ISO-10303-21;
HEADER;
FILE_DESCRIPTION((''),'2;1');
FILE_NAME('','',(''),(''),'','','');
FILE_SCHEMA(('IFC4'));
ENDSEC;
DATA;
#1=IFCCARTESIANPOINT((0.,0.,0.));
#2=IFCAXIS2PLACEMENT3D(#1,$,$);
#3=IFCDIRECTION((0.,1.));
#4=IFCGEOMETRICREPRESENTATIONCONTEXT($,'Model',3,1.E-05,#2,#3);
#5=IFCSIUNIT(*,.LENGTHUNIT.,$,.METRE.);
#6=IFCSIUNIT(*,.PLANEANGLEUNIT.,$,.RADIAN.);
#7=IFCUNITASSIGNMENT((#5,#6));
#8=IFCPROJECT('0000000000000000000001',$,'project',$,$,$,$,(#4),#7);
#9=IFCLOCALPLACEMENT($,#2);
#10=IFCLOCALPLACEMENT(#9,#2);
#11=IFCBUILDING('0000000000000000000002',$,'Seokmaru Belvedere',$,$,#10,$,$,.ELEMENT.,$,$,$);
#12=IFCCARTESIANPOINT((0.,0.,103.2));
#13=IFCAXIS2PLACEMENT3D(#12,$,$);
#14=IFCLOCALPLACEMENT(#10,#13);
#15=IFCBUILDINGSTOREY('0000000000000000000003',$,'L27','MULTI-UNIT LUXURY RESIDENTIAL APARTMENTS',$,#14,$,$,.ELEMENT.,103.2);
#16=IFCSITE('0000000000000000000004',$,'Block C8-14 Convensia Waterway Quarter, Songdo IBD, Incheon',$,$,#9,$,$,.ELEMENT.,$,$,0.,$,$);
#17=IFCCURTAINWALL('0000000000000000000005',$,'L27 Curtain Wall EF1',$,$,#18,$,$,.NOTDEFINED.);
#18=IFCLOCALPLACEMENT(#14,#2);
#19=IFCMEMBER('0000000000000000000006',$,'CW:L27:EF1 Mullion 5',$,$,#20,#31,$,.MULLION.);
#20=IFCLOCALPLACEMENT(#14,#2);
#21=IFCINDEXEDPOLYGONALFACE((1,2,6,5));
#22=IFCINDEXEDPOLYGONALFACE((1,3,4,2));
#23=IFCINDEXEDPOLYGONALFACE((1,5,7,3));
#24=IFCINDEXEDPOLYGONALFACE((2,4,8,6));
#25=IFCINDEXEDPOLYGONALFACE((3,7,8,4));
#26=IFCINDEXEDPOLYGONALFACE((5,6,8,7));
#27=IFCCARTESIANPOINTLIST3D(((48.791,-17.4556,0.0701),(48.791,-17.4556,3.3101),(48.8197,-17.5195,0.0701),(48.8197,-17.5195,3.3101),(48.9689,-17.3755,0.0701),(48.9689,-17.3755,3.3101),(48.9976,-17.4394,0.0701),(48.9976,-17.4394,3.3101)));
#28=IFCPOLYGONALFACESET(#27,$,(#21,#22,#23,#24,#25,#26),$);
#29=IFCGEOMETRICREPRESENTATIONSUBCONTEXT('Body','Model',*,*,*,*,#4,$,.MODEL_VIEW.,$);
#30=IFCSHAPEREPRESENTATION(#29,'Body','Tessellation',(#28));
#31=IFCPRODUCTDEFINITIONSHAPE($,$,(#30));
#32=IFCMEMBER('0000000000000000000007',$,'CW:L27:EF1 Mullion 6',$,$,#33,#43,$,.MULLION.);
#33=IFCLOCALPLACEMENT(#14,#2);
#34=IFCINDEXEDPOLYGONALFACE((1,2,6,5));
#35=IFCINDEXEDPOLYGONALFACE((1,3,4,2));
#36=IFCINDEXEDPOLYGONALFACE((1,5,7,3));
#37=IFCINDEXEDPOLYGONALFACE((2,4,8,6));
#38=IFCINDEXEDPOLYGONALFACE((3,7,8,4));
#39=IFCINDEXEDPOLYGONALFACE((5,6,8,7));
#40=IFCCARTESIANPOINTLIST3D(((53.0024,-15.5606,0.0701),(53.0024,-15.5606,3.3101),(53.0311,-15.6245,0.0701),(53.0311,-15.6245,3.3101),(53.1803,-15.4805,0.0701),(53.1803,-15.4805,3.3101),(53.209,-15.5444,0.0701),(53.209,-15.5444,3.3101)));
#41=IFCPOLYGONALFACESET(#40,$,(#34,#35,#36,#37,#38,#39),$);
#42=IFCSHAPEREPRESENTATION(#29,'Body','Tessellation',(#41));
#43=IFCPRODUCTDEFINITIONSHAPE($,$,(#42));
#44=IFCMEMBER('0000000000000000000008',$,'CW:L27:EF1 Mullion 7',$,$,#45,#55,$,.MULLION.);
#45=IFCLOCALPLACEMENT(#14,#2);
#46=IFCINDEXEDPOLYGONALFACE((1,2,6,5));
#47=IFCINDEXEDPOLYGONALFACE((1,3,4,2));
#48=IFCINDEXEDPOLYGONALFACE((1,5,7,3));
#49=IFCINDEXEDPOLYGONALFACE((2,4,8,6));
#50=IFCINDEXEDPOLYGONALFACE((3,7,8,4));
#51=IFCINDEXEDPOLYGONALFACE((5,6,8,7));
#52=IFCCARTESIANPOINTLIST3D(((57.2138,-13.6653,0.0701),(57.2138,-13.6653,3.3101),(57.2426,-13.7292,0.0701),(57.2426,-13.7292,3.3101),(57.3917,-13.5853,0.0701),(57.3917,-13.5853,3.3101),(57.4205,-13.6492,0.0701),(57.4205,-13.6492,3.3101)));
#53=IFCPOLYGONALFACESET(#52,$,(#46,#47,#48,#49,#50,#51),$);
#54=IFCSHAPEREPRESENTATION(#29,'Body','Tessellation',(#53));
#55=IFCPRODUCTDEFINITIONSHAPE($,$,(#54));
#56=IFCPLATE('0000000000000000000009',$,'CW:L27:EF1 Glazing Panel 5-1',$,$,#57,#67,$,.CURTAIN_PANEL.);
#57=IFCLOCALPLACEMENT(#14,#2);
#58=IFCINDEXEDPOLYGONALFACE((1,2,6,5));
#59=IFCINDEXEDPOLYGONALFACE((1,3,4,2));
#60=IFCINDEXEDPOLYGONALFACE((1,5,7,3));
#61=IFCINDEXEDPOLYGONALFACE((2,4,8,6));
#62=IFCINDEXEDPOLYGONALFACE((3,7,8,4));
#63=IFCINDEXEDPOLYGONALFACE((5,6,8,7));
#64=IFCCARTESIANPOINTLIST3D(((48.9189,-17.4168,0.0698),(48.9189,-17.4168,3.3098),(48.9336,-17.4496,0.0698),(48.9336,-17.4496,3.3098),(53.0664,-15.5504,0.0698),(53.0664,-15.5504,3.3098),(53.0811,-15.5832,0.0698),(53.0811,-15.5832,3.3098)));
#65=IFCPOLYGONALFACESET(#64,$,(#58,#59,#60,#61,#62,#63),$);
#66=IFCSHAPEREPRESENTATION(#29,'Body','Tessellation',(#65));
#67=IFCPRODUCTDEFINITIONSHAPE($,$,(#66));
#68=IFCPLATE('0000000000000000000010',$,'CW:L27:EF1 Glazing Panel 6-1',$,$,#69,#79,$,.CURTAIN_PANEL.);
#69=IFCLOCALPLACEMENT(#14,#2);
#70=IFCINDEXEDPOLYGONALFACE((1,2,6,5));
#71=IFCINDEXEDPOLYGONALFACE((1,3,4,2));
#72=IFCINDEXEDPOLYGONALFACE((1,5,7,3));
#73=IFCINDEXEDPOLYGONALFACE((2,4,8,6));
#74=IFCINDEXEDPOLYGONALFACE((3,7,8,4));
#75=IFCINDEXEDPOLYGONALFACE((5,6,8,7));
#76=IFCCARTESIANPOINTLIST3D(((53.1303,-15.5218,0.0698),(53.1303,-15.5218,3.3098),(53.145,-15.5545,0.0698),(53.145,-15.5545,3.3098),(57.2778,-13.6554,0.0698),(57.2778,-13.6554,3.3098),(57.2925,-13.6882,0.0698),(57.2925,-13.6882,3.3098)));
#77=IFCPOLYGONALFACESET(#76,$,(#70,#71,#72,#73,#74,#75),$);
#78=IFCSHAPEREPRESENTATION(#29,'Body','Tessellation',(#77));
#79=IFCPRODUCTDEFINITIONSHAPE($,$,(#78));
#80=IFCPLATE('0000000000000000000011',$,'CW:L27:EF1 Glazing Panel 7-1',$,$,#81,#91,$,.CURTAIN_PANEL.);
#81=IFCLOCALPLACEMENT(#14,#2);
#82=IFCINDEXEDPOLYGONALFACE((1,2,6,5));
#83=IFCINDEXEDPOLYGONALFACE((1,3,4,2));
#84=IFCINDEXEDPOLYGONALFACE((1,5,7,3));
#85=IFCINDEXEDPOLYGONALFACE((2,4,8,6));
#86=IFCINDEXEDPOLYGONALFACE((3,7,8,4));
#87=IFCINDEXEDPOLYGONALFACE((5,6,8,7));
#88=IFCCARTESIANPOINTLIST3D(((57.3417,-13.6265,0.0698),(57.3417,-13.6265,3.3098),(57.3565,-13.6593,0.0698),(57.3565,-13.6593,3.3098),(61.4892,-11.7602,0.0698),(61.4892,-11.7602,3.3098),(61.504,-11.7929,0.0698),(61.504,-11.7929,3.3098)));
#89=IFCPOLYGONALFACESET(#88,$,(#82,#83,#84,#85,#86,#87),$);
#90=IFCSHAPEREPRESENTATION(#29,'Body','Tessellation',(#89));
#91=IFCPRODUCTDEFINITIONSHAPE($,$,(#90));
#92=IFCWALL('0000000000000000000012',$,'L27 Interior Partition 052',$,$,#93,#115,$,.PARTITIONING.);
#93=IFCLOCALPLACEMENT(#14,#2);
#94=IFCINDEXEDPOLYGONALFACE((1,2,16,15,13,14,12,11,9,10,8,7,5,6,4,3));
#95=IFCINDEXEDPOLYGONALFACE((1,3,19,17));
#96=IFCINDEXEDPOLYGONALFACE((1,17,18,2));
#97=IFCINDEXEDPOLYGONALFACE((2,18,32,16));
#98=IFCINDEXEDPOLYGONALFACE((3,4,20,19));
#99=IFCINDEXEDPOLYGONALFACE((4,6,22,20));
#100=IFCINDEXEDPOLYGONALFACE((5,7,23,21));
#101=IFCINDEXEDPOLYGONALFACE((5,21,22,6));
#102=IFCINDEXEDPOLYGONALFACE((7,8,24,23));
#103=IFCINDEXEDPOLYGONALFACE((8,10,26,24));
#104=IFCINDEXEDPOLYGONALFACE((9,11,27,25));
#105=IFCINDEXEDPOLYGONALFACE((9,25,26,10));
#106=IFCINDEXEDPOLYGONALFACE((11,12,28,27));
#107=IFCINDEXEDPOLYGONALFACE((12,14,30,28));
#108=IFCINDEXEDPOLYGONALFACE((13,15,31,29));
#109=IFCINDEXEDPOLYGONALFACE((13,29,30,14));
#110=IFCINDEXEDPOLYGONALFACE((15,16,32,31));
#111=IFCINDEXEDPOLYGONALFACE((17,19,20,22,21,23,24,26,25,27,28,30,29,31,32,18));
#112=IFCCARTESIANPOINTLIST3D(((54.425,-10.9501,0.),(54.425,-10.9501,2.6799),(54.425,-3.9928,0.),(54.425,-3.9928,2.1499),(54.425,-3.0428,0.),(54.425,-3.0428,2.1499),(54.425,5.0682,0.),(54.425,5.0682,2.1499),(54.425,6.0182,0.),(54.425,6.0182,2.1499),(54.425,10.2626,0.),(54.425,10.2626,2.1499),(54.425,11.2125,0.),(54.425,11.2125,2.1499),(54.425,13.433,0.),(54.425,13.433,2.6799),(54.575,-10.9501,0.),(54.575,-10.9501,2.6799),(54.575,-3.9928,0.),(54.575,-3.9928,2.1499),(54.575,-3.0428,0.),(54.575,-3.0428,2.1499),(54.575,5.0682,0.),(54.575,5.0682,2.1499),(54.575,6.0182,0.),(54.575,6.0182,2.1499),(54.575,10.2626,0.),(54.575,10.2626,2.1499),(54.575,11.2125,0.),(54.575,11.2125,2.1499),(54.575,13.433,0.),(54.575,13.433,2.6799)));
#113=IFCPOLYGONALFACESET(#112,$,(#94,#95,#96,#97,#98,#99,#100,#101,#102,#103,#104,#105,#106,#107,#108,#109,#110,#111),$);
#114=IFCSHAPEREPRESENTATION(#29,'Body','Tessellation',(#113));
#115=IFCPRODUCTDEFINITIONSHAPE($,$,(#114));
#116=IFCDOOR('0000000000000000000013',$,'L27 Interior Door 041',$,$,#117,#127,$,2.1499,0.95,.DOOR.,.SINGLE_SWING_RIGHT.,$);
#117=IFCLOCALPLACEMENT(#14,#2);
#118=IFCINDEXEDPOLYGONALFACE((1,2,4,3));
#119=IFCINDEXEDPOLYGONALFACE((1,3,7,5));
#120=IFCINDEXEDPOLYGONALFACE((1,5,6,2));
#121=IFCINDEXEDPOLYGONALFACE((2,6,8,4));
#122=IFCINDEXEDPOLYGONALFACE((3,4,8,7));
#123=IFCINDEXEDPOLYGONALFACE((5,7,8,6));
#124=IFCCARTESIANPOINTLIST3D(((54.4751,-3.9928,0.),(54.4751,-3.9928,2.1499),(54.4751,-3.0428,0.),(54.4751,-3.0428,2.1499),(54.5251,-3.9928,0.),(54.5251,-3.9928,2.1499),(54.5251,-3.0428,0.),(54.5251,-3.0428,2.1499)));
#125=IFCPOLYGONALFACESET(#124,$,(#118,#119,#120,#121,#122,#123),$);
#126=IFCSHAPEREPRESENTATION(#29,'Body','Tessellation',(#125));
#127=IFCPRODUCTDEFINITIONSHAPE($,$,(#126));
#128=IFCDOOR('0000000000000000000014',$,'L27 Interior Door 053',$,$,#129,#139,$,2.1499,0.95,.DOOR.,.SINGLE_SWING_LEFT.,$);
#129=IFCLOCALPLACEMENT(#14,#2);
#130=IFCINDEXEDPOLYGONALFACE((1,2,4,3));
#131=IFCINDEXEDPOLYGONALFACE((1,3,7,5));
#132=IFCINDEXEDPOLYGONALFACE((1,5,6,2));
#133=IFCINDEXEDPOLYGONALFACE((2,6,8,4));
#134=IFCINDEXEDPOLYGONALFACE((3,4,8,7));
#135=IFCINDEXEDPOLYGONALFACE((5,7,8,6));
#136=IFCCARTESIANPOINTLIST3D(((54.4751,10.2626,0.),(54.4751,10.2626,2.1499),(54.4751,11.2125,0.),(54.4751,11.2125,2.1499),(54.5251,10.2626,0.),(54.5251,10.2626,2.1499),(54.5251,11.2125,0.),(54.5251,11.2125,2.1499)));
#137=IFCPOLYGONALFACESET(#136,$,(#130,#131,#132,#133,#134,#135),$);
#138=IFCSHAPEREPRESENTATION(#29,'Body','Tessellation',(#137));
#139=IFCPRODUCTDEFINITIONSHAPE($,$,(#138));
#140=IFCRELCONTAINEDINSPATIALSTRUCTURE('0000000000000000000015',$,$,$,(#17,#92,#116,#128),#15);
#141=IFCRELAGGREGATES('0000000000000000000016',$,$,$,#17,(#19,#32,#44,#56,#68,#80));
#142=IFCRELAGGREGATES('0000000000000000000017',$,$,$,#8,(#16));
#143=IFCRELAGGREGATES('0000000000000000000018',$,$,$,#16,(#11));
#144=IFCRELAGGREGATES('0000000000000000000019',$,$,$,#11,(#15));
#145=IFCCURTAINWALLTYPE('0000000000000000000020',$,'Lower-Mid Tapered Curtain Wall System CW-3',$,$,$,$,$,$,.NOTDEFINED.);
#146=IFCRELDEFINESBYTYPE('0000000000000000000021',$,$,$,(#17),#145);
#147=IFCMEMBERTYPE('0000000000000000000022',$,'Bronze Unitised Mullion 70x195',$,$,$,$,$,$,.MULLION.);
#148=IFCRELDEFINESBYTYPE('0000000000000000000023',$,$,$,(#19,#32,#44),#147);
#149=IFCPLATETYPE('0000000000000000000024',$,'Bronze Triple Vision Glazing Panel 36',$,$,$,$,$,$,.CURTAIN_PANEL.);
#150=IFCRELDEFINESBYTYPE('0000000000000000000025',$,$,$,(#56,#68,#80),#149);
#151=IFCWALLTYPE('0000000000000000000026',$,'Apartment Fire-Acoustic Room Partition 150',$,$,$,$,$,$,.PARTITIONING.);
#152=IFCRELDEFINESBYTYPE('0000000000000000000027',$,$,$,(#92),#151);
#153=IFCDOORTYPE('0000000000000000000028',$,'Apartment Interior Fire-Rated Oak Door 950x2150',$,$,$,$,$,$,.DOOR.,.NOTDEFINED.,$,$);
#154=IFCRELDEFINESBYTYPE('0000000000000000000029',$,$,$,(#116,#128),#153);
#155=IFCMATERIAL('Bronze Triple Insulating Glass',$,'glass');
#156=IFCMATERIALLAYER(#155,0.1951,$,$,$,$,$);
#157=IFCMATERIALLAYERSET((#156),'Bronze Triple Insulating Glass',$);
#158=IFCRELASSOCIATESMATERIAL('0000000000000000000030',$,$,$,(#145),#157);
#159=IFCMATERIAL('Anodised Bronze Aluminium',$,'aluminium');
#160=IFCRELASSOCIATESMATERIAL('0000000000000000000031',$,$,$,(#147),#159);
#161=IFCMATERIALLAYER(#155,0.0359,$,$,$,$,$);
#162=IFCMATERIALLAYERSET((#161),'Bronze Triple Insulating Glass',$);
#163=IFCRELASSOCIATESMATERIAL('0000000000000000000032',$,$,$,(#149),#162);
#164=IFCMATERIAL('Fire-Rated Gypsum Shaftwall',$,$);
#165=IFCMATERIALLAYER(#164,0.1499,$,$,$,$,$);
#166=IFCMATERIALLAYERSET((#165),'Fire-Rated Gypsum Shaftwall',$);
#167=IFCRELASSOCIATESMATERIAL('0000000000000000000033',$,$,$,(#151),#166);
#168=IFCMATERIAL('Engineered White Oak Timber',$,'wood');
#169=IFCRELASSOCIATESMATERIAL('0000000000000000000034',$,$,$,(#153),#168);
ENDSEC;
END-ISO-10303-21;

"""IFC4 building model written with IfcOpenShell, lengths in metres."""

from ifc_helpers import new_model, si_unit, direction, frame, frame_2d, origin, origin_2d, place, context, subcontext, project, spatial, rectangle, extrude, source, transform, mapped, material, layer, layer_set, material_profile, profile_set, type_object, type_shapes, element, fill, aggregate, save


model = new_model("IFC4")

# Units and contexts
model_context = context("Model", 3, precision=1e-05, world=origin(), true_north=direction((0.0, 1.0)))
body_context = subcontext(model_context, "Body", "Model", "MODEL_VIEW")
ifc_project = project(units=[si_unit("LENGTHUNIT", "METRE"), si_unit("PLANEANGLEUNIT", "RADIAN")], contexts=[model_context])

# Site, building, storey
site_placement = place(None, origin())
site = spatial("IfcSite", under=ifc_project, at=site_placement, Name="Block C8-14 Convensia Waterway Quarter, Songdo IBD, Incheon", CompositionType="ELEMENT", RefElevation=0.0)
building_placement = place(site_placement, origin())
building = spatial("IfcBuilding", under=site, at=building_placement, Name="Seokmaru Belvedere", CompositionType="ELEMENT")
storey_placement = place(building_placement, frame((0.0, 0.0, 103.2)))
storey = spatial("IfcBuildingStorey", under=building, at=storey_placement, Name="L27", Description="MULTI-UNIT LUXURY RESIDENTIAL APARTMENTS", CompositionType="ELEMENT", Elevation=103.2)

# Curtain wall, members, plates
ifc_material_1 = material(Name="Bronze Triple Insulating Glass", Category="glass")
ifc_layer_1 = layer(ifc_material_1, 0.1951)
ifc_layer_set_1 = layer_set([ifc_layer_1], Name="Bronze Triple Insulating Glass")
curtain_wall_type = type_object("IfcCurtainWallType", Name="Lower-Mid Tapered Curtain Wall System CW-3", PredefinedType="NOTDEFINED", material=ifc_layer_set_1)
curtain_wall_placement = place(storey_placement, origin())
curtain_wall = element("IfcCurtainWall", 1, at=curtain_wall_placement, inside=storey, type_object=curtain_wall_type, Name="L27 Curtain Wall EF1", PredefinedType="NOTDEFINED")
ifc_material_2 = material(Name="Anodised Bronze Aluminium", Category="aluminium")
ifc_material_profile_1 = material_profile(ifc_material_2, rectangle(XDim=0.0701, YDim=0.1951, at=origin_2d()), Name="CW-M-70x195")
ifc_profile_set_1 = profile_set([ifc_material_profile_1], Name="Anodised Bronze Aluminium")
member_type = type_object("IfcMemberType", Name="Bronze Unitised Mullion 70x195", PredefinedType="MULLION", material=ifc_profile_set_1)
shared_shape_1 = source(origin(), body_context, "Body", "SweptSolid", [
    extrude(rectangle(XDim=0.0701, YDim=0.1951, at=origin_2d()), origin(), (0.0, 0.0, 1.0), 3.24),
])
type_shapes(member_type, [shared_shape_1])
member_1_placement = place(storey_placement, frame((48.8943, -17.4475, 0.0701), z_axis=(0.0, 0.0, 1.0), x_axis=(-0.410366, 0.911921, 0.0)))
member_1 = element("IfcMember", 2, at=member_1_placement, type_object=member_type, Name="CW:L27:EF1 Mullion 5", PredefinedType="MULLION", context=body_context, shape_type="MappedRepresentation", body=[
    mapped(shared_shape_1, transform((0.0, 0.0, 0.0), scale=1.0)),
])
member_2_placement = place(storey_placement, frame((53.1057, -15.5525, 0.0701), z_axis=(0.0, 0.0, 1.0), x_axis=(-0.410366, 0.911921, 0.0)))
member_2 = element("IfcMember", 3, at=member_2_placement, type_object=member_type, Name="CW:L27:EF1 Mullion 6", PredefinedType="MULLION", context=body_context, shape_type="MappedRepresentation", body=[
    mapped(shared_shape_1, transform((0.0, 0.0, 0.0), scale=1.0)),
])
member_3_placement = place(storey_placement, frame((57.3171, -13.6572, 0.0701), z_axis=(0.0, 0.0, 1.0), x_axis=(-0.410366, 0.911921, 0.0)))
member_3 = element("IfcMember", 4, at=member_3_placement, type_object=member_type, Name="CW:L27:EF1 Mullion 7", PredefinedType="MULLION", context=body_context, shape_type="MappedRepresentation", body=[
    mapped(shared_shape_1, transform((0.0, 0.0, 0.0), scale=1.0)),
])
ifc_layer_2 = layer(ifc_material_1, 0.0359)
ifc_layer_set_2 = layer_set([ifc_layer_2], Name="Bronze Triple Insulating Glass")
plate_type = type_object("IfcPlateType", Name="Bronze Triple Vision Glazing Panel 36", PredefinedType="CURTAIN_PANEL", material=ifc_layer_set_2)
shared_shape_2 = source(origin(), body_context, "Body", "SweptSolid", [
    extrude(rectangle(XDim=4.5481, YDim=0.0359, at=origin_2d()), origin(), (0.0, 0.0, 1.0), 3.24),
])
type_shapes(plate_type, [shared_shape_2])
plate_1_placement = place(storey_placement, frame((51.0, -16.5, 0.0698), z_axis=(0.0, 0.0, 1.0), x_axis=(0.911921, 0.410366, 0.0)))
plate_1 = element("IfcPlate", 5, at=plate_1_placement, type_object=plate_type, Name="CW:L27:EF1 Glazing Panel 5-1", PredefinedType="CURTAIN_PANEL", context=body_context, shape_type="MappedRepresentation", body=[
    mapped(shared_shape_2, transform((0.0, 0.0, 0.0), scale=1.0)),
])
plate_2_placement = place(storey_placement, frame((55.2114, -14.605, 0.0698), z_axis=(0.0, 0.0, 1.0), x_axis=(0.911921, 0.410366, 0.0)))
plate_2 = element("IfcPlate", 6, at=plate_2_placement, type_object=plate_type, Name="CW:L27:EF1 Glazing Panel 6-1", PredefinedType="CURTAIN_PANEL", context=body_context, shape_type="MappedRepresentation", body=[
    mapped(shared_shape_2, transform((0.0, 0.0, 0.0), scale=1.0)),
])
plate_3_placement = place(storey_placement, frame((59.4229, -12.7097, 0.0698), z_axis=(0.0, 0.0, 1.0), x_axis=(0.911921, 0.410366, 0.0)))
plate_3 = element("IfcPlate", 7, at=plate_3_placement, type_object=plate_type, Name="CW:L27:EF1 Glazing Panel 7-1", PredefinedType="CURTAIN_PANEL", context=body_context, shape_type="MappedRepresentation", body=[
    mapped(shared_shape_2, transform((0.0, 0.0, 0.0), scale=1.0)),
])
aggregate(curtain_wall, [member_1, member_2, member_3, plate_1, plate_2, plate_3])

# Wall, openings, doors
ifc_material_3 = material(Name="Fire-Rated Gypsum Shaftwall")
ifc_layer_3 = layer(ifc_material_3, 0.1499)
ifc_layer_set_3 = layer_set([ifc_layer_3], Name="Fire-Rated Gypsum Shaftwall")
wall_type = type_object("IfcWallType", Name="Apartment Fire-Acoustic Room Partition 150", PredefinedType="PARTITIONING", material=ifc_layer_set_3)
wall_1_placement = place(storey_placement, frame((54.5, -10.95, 0.0), z_axis=(0.0, 0.0, 1.0), x_axis=(0.0, 1.0, 0.0)))
wall_1 = element("IfcWall", 8, at=wall_1_placement, inside=storey, type_object=wall_type, Name="L27 Interior Partition 052", PredefinedType="PARTITIONING", context=body_context, shape_type="SweptSolid", body=[
    extrude(rectangle(XDim=24.3831, YDim=0.1499, at=frame_2d((12.1914, 0.0))), origin(), (0.0, 0.0, 1.0), 2.6799),
])
opening_1_placement = place(wall_1_placement, frame((6.957, 0.0, 0.0)))
opening_1 = element("IfcOpeningElement", 9, at=opening_1_placement, cuts=wall_1, PredefinedType="OPENING", context=body_context, shape_type="SweptSolid", body=[
    extrude(rectangle(XDim=0.95, YDim=2.1499, at=frame_2d((0.4751, 1.075))), frame((0.0, 0.085, 0.0), z_axis=(0.0, -1.0, 0.0), x_axis=(1.0, 0.0, 0.0)), (0.0, 0.0, 1.0), 0.1699),
])
opening_2_placement = place(wall_1_placement, frame((21.2124, 0.0, 0.0)))
opening_2 = element("IfcOpeningElement", 10, at=opening_2_placement, cuts=wall_1, PredefinedType="OPENING", context=body_context, shape_type="SweptSolid", body=[
    extrude(rectangle(XDim=0.95, YDim=2.1499, at=frame_2d((0.4751, 1.075))), frame((0.0, 0.085, 0.0), z_axis=(0.0, -1.0, 0.0), x_axis=(1.0, 0.0, 0.0)), (0.0, 0.0, 1.0), 0.1699),
])
opening_3_placement = place(wall_1_placement, frame((16.0181, 0.0, 0.0)))
element("IfcOpeningElement", 11, at=opening_3_placement, cuts=wall_1, PredefinedType="OPENING", context=body_context, shape_type="SweptSolid", body=[
    extrude(rectangle(XDim=0.95, YDim=2.1499, at=frame_2d((0.4751, 1.075))), frame((0.0, 0.085, 0.0), z_axis=(0.0, -1.0, 0.0), x_axis=(1.0, 0.0, 0.0)), (0.0, 0.0, 1.0), 0.1699),
])
ifc_material_4 = material(Name="Engineered White Oak Timber", Category="wood")
door_type = type_object("IfcDoorType", Name="Apartment Interior Fire-Rated Oak Door 950x2150", OperationType="NOTDEFINED", PredefinedType="DOOR", material=ifc_material_4)
shared_shape_3 = source(origin(), body_context, "Body", "SweptSolid", [
    extrude(rectangle(XDim=0.95, YDim=2.1499, at=frame_2d((0.4751, 1.075))), frame((0.0, 0.0249, 0.0), z_axis=(0.0, -1.0, 0.0), x_axis=(1.0, 0.0, 0.0)), (0.0, 0.0, 1.0), 0.05),
])
type_shapes(door_type, [shared_shape_3])
door_1_placement = place(opening_1_placement, origin())
door_1 = element("IfcDoor", 12, at=door_1_placement, inside=storey, type_object=door_type, Name="L27 Interior Door 041", OperationType="SINGLE_SWING_RIGHT", OverallHeight=2.1499, OverallWidth=0.95, PredefinedType="DOOR", context=body_context, shape_type="MappedRepresentation", body=[
    mapped(shared_shape_3, transform((0.0, 0.0, 0.0), scale=1.0)),
])
fill(opening_1, door_1)
door_2_placement = place(opening_2_placement, origin())
door_2 = element("IfcDoor", 13, at=door_2_placement, inside=storey, type_object=door_type, Name="L27 Interior Door 053", OperationType="SINGLE_SWING_LEFT", OverallHeight=2.1499, OverallWidth=0.95, PredefinedType="DOOR", context=body_context, shape_type="MappedRepresentation", body=[
    mapped(shared_shape_3, transform((0.0, 0.0, 0.0), scale=1.0)),
])
fill(opening_2, door_2)

save(model, "model.ifc")
